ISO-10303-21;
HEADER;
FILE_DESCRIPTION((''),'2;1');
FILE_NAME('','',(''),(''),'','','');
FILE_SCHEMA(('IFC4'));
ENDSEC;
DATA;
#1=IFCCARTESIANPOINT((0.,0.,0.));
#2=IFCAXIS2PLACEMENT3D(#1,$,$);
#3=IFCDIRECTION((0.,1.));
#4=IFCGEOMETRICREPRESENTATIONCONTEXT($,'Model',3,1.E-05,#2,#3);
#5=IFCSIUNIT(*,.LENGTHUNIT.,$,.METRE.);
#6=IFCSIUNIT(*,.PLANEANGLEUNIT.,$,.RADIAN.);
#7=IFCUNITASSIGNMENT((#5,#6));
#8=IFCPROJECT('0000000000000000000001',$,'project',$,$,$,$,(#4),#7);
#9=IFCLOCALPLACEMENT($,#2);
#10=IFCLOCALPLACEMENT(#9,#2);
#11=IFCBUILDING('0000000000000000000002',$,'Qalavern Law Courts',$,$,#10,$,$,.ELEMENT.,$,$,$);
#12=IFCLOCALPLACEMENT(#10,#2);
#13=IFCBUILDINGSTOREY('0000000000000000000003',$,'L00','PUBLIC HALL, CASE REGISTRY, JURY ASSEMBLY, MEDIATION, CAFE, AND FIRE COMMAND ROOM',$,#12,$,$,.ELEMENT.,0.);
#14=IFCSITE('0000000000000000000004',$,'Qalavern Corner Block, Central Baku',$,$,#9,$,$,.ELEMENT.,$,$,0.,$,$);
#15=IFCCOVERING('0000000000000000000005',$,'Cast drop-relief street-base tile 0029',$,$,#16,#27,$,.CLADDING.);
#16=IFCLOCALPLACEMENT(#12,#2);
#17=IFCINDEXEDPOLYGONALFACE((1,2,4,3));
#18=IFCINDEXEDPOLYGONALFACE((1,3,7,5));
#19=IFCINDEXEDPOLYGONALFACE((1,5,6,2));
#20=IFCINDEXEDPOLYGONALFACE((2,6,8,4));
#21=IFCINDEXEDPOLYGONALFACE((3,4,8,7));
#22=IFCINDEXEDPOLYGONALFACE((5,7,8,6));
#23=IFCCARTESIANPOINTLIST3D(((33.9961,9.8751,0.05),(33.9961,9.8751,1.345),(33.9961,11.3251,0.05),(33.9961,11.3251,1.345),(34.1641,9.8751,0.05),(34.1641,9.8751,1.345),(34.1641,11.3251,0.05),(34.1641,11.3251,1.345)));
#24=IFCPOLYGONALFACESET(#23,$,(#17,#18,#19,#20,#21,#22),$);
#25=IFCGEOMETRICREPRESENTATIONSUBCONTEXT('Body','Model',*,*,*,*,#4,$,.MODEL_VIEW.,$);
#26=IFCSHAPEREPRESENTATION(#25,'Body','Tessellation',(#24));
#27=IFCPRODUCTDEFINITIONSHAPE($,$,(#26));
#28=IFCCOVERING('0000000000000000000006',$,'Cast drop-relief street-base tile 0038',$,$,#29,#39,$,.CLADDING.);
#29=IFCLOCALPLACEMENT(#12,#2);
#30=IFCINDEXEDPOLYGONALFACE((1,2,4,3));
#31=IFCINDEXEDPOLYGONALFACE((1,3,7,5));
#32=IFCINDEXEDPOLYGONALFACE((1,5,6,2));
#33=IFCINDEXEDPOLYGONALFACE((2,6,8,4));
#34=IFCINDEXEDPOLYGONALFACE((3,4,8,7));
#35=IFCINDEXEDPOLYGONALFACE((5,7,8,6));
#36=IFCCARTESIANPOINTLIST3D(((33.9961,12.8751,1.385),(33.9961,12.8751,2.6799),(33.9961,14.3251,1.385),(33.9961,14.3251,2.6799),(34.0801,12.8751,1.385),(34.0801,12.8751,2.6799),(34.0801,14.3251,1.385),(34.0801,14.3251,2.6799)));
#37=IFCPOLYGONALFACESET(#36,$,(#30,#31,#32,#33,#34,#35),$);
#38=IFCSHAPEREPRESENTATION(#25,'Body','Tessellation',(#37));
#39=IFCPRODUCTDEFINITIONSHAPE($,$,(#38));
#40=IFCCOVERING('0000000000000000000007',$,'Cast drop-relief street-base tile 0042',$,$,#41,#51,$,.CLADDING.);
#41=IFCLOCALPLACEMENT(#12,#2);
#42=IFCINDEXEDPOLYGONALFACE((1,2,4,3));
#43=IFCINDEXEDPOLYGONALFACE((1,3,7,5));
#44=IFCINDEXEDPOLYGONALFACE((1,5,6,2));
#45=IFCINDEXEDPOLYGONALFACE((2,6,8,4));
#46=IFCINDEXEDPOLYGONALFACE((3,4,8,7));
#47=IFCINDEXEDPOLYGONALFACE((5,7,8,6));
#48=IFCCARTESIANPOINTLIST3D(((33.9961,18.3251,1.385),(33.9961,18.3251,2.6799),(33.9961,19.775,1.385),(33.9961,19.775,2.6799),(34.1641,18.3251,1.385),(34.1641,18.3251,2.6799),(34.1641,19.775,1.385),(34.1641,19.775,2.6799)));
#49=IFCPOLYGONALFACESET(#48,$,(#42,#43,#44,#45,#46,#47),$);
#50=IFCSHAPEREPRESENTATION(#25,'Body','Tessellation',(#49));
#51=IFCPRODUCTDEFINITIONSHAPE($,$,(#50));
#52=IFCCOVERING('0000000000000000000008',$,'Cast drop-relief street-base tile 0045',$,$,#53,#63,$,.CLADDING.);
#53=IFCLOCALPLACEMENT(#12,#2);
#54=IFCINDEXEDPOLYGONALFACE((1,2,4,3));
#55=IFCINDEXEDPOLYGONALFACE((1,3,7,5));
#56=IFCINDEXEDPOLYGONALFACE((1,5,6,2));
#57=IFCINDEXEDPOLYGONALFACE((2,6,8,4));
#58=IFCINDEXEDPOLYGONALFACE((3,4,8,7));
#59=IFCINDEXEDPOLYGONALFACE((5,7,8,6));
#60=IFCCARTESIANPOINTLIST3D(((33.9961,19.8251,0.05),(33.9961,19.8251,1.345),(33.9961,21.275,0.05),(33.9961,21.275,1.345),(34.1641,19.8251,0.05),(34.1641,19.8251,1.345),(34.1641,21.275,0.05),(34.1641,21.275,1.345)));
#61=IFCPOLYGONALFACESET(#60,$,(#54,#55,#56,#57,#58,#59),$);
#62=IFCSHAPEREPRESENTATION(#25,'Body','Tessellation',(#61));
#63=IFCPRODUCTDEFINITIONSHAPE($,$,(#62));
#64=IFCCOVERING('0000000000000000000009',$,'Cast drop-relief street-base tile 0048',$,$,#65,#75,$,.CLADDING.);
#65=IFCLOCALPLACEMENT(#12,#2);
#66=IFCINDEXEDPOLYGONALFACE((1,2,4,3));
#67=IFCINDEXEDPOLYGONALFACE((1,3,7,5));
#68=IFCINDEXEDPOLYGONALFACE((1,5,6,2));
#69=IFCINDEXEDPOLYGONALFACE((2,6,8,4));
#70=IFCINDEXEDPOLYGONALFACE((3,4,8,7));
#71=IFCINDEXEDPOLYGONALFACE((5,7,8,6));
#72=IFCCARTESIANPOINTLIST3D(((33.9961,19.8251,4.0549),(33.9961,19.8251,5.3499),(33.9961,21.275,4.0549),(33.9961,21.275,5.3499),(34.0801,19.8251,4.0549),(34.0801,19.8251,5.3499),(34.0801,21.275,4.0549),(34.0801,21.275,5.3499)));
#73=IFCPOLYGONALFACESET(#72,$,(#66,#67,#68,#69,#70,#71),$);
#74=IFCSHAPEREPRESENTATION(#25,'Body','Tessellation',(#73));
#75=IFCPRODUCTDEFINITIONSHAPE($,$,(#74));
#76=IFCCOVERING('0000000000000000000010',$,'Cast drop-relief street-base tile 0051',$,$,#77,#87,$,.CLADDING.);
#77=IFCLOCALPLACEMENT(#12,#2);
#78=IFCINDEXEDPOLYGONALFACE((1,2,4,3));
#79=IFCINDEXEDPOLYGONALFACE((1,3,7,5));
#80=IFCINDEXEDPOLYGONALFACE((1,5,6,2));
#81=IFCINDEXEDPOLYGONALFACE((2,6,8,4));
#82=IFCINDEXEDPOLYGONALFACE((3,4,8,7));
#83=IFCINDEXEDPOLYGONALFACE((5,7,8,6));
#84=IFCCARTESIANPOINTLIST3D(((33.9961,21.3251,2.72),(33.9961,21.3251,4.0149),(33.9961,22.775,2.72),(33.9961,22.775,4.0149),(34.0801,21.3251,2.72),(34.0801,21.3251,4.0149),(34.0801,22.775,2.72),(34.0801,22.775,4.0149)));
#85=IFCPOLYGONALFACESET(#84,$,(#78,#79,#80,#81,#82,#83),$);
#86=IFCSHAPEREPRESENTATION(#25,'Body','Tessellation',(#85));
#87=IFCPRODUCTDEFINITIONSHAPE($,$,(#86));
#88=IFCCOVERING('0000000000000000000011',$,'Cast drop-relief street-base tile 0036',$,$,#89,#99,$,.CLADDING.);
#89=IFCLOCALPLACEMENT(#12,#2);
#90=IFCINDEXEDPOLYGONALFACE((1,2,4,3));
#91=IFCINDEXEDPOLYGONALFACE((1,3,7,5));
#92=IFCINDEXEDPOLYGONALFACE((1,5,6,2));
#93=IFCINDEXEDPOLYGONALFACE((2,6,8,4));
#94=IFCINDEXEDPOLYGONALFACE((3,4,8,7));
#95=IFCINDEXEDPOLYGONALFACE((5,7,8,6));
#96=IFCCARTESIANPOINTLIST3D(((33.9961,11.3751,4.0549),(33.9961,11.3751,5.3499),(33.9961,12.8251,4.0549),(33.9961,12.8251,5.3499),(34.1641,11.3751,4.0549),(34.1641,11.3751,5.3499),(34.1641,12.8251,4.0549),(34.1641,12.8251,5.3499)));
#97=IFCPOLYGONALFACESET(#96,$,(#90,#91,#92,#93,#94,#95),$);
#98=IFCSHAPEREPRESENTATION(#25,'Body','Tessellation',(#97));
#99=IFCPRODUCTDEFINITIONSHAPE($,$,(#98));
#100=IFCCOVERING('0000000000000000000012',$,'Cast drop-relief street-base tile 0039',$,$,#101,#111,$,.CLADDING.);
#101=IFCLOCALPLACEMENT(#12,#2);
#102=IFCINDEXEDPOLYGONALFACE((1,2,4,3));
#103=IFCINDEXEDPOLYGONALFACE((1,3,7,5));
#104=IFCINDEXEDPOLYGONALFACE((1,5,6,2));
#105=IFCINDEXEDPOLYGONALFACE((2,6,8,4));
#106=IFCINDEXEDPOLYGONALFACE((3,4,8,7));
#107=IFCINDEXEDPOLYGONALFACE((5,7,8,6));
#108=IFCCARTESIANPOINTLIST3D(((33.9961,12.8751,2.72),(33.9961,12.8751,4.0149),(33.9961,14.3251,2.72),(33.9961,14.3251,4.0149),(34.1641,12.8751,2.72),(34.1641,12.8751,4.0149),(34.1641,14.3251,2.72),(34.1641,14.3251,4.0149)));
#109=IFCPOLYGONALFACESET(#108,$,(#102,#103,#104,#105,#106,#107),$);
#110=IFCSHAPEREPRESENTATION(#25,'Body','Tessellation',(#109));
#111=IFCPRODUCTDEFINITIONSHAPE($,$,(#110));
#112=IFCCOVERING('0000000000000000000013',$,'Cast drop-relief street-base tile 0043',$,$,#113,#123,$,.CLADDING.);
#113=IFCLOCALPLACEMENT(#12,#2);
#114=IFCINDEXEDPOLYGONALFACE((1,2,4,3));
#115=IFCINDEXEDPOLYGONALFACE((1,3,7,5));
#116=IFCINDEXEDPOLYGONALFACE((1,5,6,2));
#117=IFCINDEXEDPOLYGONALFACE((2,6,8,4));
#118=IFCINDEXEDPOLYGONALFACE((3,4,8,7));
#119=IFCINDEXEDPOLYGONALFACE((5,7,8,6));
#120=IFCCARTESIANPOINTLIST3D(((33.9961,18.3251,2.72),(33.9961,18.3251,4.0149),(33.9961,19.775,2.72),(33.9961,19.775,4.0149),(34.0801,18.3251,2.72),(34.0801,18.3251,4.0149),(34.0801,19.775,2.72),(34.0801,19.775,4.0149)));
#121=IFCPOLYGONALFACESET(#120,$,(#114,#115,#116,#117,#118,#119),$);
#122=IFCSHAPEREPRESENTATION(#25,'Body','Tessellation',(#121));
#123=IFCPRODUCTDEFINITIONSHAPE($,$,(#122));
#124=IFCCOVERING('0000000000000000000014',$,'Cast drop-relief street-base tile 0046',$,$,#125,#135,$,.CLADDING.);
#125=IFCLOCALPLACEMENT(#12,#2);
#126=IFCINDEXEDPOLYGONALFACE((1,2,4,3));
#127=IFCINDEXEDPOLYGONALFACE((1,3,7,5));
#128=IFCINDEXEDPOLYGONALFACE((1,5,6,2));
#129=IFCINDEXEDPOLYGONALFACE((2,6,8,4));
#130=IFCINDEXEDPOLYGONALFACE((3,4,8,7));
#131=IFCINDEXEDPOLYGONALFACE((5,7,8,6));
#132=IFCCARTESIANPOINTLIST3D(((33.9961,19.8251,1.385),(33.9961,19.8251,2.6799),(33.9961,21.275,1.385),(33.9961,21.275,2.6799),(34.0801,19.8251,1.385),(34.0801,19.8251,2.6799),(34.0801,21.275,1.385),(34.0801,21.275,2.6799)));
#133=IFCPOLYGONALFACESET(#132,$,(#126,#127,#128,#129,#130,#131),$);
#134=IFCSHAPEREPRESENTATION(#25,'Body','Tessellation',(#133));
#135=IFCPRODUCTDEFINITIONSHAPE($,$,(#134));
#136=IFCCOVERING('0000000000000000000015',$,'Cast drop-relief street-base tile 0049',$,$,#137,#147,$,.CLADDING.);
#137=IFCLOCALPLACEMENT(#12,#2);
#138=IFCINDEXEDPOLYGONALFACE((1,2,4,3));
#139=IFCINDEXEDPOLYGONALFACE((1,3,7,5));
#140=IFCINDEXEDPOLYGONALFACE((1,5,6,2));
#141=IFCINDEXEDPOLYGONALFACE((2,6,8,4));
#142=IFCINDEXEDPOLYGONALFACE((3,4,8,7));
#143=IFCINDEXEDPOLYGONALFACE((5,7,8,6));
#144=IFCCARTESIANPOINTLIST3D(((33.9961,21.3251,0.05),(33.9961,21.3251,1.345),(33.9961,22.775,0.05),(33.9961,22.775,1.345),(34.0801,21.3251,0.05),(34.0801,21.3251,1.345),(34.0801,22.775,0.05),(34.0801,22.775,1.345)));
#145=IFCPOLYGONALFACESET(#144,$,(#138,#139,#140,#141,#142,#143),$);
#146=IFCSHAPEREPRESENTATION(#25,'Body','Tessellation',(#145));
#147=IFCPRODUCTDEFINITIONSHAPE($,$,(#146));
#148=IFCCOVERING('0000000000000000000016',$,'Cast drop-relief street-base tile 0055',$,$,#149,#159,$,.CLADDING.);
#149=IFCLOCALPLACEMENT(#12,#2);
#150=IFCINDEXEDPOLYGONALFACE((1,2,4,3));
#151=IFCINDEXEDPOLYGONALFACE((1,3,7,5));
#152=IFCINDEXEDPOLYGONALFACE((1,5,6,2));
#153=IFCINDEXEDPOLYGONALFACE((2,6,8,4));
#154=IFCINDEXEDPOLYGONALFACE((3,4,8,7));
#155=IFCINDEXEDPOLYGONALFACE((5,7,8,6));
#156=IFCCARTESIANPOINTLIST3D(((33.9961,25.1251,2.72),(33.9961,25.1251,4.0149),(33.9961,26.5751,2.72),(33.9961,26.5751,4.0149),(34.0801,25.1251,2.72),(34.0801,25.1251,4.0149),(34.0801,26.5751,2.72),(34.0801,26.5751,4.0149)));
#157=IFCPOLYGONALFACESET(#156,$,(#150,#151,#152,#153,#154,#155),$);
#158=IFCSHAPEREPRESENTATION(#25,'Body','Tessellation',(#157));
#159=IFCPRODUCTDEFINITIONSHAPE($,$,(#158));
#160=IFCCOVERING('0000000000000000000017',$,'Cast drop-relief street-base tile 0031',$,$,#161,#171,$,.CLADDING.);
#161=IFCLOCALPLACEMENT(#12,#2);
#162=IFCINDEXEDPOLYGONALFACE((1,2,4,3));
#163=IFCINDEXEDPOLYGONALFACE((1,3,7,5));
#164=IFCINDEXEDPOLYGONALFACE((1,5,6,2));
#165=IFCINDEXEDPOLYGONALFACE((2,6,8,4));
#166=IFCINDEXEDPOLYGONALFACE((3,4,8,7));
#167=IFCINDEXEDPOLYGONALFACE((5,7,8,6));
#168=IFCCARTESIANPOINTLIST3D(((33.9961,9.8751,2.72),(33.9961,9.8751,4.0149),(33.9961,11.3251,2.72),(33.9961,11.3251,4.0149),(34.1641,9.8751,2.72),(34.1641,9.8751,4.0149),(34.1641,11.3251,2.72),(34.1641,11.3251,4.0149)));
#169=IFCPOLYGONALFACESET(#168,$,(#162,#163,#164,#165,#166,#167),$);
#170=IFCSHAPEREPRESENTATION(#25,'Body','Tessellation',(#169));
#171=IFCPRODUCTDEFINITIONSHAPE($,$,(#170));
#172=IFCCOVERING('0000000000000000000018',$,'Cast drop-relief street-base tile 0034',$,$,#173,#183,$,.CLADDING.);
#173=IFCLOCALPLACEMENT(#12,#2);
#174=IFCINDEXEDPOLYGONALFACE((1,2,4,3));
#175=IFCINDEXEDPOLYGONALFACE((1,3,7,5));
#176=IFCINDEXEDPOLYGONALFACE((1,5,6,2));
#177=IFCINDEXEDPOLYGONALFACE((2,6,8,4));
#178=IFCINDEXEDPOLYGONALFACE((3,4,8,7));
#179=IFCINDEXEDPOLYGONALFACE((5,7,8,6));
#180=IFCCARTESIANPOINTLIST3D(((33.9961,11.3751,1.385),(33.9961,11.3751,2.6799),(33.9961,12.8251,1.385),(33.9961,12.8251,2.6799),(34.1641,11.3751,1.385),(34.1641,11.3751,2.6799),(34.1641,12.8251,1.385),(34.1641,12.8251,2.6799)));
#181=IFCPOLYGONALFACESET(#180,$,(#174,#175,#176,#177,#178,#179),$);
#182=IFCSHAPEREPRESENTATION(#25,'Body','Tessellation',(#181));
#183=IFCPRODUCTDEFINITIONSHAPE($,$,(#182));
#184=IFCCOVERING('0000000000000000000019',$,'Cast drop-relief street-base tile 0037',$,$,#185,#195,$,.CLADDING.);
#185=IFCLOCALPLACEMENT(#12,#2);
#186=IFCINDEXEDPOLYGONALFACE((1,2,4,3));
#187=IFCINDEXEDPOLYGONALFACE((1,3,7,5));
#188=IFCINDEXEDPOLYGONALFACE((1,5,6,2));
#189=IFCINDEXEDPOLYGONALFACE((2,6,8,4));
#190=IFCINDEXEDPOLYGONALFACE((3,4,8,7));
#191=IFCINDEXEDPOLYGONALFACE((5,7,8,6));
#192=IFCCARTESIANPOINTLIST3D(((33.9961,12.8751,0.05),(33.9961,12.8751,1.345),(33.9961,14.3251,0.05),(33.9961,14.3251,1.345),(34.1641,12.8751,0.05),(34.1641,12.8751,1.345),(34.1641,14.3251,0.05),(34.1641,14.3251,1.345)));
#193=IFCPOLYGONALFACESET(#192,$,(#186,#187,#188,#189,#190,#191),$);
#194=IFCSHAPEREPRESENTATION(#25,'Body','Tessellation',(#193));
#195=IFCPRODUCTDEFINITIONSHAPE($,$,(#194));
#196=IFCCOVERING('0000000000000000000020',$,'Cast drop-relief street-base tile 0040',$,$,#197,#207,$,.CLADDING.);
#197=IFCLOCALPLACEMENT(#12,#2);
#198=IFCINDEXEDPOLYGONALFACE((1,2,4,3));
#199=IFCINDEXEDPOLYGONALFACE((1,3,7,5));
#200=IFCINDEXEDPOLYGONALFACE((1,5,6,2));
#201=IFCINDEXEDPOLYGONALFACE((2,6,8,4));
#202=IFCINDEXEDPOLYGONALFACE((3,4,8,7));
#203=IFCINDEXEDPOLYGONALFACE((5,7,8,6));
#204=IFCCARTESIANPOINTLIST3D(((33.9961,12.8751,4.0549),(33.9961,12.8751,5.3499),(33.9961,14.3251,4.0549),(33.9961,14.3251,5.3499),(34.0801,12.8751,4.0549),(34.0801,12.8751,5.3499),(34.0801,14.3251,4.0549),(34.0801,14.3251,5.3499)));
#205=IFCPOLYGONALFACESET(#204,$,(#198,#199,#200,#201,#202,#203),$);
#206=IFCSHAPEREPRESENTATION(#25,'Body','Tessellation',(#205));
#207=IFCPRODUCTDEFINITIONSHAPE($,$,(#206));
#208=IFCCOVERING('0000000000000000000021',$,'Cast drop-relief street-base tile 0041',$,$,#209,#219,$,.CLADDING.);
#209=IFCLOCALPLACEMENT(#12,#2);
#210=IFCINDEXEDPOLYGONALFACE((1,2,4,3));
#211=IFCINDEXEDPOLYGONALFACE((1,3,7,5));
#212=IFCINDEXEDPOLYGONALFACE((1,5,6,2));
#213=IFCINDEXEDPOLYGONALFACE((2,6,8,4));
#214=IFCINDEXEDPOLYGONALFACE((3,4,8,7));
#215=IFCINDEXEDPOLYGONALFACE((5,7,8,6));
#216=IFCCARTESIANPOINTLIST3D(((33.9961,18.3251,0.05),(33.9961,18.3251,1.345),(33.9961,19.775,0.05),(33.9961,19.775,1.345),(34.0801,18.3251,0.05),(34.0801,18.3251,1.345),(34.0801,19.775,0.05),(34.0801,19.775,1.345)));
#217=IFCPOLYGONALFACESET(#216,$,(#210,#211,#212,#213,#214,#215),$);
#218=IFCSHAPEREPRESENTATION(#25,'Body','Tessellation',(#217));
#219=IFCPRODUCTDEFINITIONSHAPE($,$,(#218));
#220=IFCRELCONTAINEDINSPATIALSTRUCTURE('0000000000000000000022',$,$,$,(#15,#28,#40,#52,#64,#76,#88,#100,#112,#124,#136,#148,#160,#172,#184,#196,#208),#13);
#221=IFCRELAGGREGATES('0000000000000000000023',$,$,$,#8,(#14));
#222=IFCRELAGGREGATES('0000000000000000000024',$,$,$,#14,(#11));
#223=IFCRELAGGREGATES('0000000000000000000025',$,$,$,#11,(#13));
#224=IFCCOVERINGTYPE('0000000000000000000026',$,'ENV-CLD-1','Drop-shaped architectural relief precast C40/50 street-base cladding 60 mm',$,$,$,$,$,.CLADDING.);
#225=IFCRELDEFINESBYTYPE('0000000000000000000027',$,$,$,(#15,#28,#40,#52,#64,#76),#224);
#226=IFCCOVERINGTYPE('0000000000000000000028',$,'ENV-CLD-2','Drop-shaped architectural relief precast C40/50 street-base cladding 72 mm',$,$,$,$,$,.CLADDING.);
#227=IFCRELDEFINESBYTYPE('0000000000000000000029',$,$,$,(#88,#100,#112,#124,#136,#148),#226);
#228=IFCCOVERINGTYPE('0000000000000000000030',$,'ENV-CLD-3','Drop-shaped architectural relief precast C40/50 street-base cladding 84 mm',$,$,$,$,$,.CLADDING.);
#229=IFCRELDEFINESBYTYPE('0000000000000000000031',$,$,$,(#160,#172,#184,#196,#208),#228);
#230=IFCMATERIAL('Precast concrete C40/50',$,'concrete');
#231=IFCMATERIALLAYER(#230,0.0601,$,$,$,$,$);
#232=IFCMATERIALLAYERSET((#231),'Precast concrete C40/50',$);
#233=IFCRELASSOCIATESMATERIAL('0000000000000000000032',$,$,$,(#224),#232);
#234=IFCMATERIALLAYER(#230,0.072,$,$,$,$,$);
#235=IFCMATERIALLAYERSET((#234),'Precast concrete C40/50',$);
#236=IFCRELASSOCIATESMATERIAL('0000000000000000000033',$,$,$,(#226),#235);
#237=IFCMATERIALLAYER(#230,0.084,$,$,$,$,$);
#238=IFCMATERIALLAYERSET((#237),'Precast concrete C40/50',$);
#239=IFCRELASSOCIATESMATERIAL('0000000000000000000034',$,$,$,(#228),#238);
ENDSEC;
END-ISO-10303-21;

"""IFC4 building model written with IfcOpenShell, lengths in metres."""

from ifc_helpers import new_model, si_unit, direction, frame, origin, origin_2d, place, context, subcontext, project, spatial, rectangle, extrude, material, layer, layer_set, type_object, element, save


model = new_model("IFC4")

# Units and contexts
model_context = context("Model", 3, precision=1e-05, world=origin(), true_north=direction((0.0, 1.0)))
body_context = subcontext(model_context, "Body", "Model", "MODEL_VIEW")
ifc_project = project(units=[si_unit("LENGTHUNIT", "METRE"), si_unit("PLANEANGLEUNIT", "RADIAN")], contexts=[model_context])

# Site, building, storey
site_placement = place(None, origin())
site = spatial("IfcSite", under=ifc_project, at=site_placement, Name="Qalavern Corner Block, Central Baku", CompositionType="ELEMENT", RefElevation=0.0)
building_placement = place(site_placement, origin())
building = spatial("IfcBuilding", under=site, at=building_placement, Name="Qalavern Law Courts", CompositionType="ELEMENT")
storey_placement = place(building_placement, origin())
storey = spatial("IfcBuildingStorey", under=building, at=storey_placement, Name="L00", Description="PUBLIC HALL, CASE REGISTRY, JURY ASSEMBLY, MEDIATION, CAFE, AND FIRE COMMAND ROOM", CompositionType="ELEMENT", Elevation=0.0)

# Coverings
ifc_material = material(Name="Precast concrete C40/50", Category="concrete")
ifc_layer_1 = layer(ifc_material, 0.0601)
ifc_layer_set_1 = layer_set([ifc_layer_1], Name="Precast concrete C40/50")
covering_type_1 = type_object("IfcCoveringType", Name="ENV-CLD-1", Description="Drop-shaped architectural relief precast C40/50 street-base cladding 60 mm", PredefinedType="CLADDING", material=ifc_layer_set_1)
covering_1_placement = place(storey_placement, frame((34.0801, 10.6001, 0.05), z_axis=(0.0, 0.0, 1.0), x_axis=(0.0, 1.0, 0.0)))
element("IfcCovering", 1, at=covering_1_placement, inside=storey, type_object=covering_type_1, Name="Cast drop-relief street-base tile 0029", PredefinedType="CLADDING", context=body_context, shape_type="SweptSolid", body=[
    extrude(rectangle(XDim=1.45, YDim=0.168, at=origin_2d()), origin(), (0.0, 0.0, 1.0), 1.2949),
])
covering_2_placement = place(storey_placement, frame((34.0381, 13.6001, 1.385), z_axis=(0.0, 0.0, 1.0), x_axis=(0.0, 1.0, 0.0)))
element("IfcCovering", 2, at=covering_2_placement, inside=storey, type_object=covering_type_1, Name="Cast drop-relief street-base tile 0038", PredefinedType="CLADDING", context=body_context, shape_type="SweptSolid", body=[
    extrude(rectangle(XDim=1.45, YDim=0.084, at=origin_2d()), origin(), (0.0, 0.0, 1.0), 1.2949),
])
for number, where, z_axis, x_axis, name in (
    (3, (34.0801, 19.05, 1.385), (0.0, 0.0, 1.0), (0.0, 1.0, 0.0), "Cast drop-relief street-base tile 0042"),
    (4, (34.0801, 20.55, 0.05), (0.0, 0.0, 1.0), (0.0, 1.0, 0.0), "Cast drop-relief street-base tile 0045"),
):
    element("IfcCovering", number, at=place(storey_placement, frame(where, z_axis=z_axis, x_axis=x_axis)), inside=storey, type_object=covering_type_1, Name=name, PredefinedType="CLADDING", context=body_context, shape_type="SweptSolid", body=[
        extrude(rectangle(XDim=1.45, YDim=0.168, at=origin_2d()), origin(), (0.0, 0.0, 1.0), 1.2949),
    ])
for number, where, z_axis, x_axis, name in (
    (5, (34.0381, 20.55, 4.0549), (0.0, 0.0, 1.0), (0.0, 1.0, 0.0), "Cast drop-relief street-base tile 0048"),
    (6, (34.0381, 22.05, 2.72), (0.0, 0.0, 1.0), (0.0, 1.0, 0.0), "Cast drop-relief street-base tile 0051"),
):
    element("IfcCovering", number, at=place(storey_placement, frame(where, z_axis=z_axis, x_axis=x_axis)), inside=storey, type_object=covering_type_1, Name=name, PredefinedType="CLADDING", context=body_context, shape_type="SweptSolid", body=[
        extrude(rectangle(XDim=1.45, YDim=0.084, at=origin_2d()), origin(), (0.0, 0.0, 1.0), 1.2949),
    ])
ifc_layer_2 = layer(ifc_material, 0.072)
ifc_layer_set_2 = layer_set([ifc_layer_2], Name="Precast concrete C40/50")
covering_type_2 = type_object("IfcCoveringType", Name="ENV-CLD-2", Description="Drop-shaped architectural relief precast C40/50 street-base cladding 72 mm", PredefinedType="CLADDING", material=ifc_layer_set_2)
for number, where, z_axis, x_axis, name in (
    (7, (34.0801, 12.1001, 4.0549), (0.0, 0.0, 1.0), (0.0, 1.0, 0.0), "Cast drop-relief street-base tile 0036"),
    (8, (34.0801, 13.6001, 2.72), (0.0, 0.0, 1.0), (0.0, 1.0, 0.0), "Cast drop-relief street-base tile 0039"),
):
    element("IfcCovering", number, at=place(storey_placement, frame(where, z_axis=z_axis, x_axis=x_axis)), inside=storey, type_object=covering_type_2, Name=name, PredefinedType="CLADDING", context=body_context, shape_type="SweptSolid", body=[
        extrude(rectangle(XDim=1.45, YDim=0.168, at=origin_2d()), origin(), (0.0, 0.0, 1.0), 1.2949),
    ])
for number, where, z_axis, x_axis, name in (
    (9, (34.0381, 19.05, 2.72), (0.0, 0.0, 1.0), (0.0, 1.0, 0.0), "Cast drop-relief street-base tile 0043"),
    (10, (34.0381, 20.55, 1.385), (0.0, 0.0, 1.0), (0.0, 1.0, 0.0), "Cast drop-relief street-base tile 0046"),
    (11, (34.0381, 22.05, 0.05), (0.0, 0.0, 1.0), (0.0, 1.0, 0.0), "Cast drop-relief street-base tile 0049"),
    (12, (34.0381, 25.8501, 2.72), (0.0, 0.0, 1.0), (0.0, 1.0, 0.0), "Cast drop-relief street-base tile 0055"),
):
    element("IfcCovering", number, at=place(storey_placement, frame(where, z_axis=z_axis, x_axis=x_axis)), inside=storey, type_object=covering_type_2, Name=name, PredefinedType="CLADDING", context=body_context, shape_type="SweptSolid", body=[
        extrude(rectangle(XDim=1.45, YDim=0.084, at=origin_2d()), origin(), (0.0, 0.0, 1.0), 1.2949),
    ])
ifc_layer_3 = layer(ifc_material, 0.084)
ifc_layer_set_3 = layer_set([ifc_layer_3], Name="Precast concrete C40/50")
covering_type_3 = type_object("IfcCoveringType", Name="ENV-CLD-3", Description="Drop-shaped architectural relief precast C40/50 street-base cladding 84 mm", PredefinedType="CLADDING", material=ifc_layer_set_3)
for number, where, z_axis, x_axis, name in (
    (13, (34.0801, 10.6001, 2.72), (0.0, 0.0, 1.0), (0.0, 1.0, 0.0), "Cast drop-relief street-base tile 0031"),
    (14, (34.0801, 12.1001, 1.385), (0.0, 0.0, 1.0), (0.0, 1.0, 0.0), "Cast drop-relief street-base tile 0034"),
    (15, (34.0801, 13.6001, 0.05), (0.0, 0.0, 1.0), (0.0, 1.0, 0.0), "Cast drop-relief street-base tile 0037"),
):
    element("IfcCovering", number, at=place(storey_placement, frame(where, z_axis=z_axis, x_axis=x_axis)), inside=storey, type_object=covering_type_3, Name=name, PredefinedType="CLADDING", context=body_context, shape_type="SweptSolid", body=[
        extrude(rectangle(XDim=1.45, YDim=0.168, at=origin_2d()), origin(), (0.0, 0.0, 1.0), 1.2949),
    ])
for number, where, z_axis, x_axis, name in (
    (16, (34.0381, 13.6001, 4.0549), (0.0, 0.0, 1.0), (0.0, 1.0, 0.0), "Cast drop-relief street-base tile 0040"),
    (17, (34.0381, 19.05, 0.05), (0.0, 0.0, 1.0), (0.0, 1.0, 0.0), "Cast drop-relief street-base tile 0041"),
):
    element("IfcCovering", number, at=place(storey_placement, frame(where, z_axis=z_axis, x_axis=x_axis)), inside=storey, type_object=covering_type_3, Name=name, PredefinedType="CLADDING", context=body_context, shape_type="SweptSolid", body=[
        extrude(rectangle(XDim=1.45, YDim=0.084, at=origin_2d()), origin(), (0.0, 0.0, 1.0), 1.2949),
    ])

save(model, "model.ifc")
